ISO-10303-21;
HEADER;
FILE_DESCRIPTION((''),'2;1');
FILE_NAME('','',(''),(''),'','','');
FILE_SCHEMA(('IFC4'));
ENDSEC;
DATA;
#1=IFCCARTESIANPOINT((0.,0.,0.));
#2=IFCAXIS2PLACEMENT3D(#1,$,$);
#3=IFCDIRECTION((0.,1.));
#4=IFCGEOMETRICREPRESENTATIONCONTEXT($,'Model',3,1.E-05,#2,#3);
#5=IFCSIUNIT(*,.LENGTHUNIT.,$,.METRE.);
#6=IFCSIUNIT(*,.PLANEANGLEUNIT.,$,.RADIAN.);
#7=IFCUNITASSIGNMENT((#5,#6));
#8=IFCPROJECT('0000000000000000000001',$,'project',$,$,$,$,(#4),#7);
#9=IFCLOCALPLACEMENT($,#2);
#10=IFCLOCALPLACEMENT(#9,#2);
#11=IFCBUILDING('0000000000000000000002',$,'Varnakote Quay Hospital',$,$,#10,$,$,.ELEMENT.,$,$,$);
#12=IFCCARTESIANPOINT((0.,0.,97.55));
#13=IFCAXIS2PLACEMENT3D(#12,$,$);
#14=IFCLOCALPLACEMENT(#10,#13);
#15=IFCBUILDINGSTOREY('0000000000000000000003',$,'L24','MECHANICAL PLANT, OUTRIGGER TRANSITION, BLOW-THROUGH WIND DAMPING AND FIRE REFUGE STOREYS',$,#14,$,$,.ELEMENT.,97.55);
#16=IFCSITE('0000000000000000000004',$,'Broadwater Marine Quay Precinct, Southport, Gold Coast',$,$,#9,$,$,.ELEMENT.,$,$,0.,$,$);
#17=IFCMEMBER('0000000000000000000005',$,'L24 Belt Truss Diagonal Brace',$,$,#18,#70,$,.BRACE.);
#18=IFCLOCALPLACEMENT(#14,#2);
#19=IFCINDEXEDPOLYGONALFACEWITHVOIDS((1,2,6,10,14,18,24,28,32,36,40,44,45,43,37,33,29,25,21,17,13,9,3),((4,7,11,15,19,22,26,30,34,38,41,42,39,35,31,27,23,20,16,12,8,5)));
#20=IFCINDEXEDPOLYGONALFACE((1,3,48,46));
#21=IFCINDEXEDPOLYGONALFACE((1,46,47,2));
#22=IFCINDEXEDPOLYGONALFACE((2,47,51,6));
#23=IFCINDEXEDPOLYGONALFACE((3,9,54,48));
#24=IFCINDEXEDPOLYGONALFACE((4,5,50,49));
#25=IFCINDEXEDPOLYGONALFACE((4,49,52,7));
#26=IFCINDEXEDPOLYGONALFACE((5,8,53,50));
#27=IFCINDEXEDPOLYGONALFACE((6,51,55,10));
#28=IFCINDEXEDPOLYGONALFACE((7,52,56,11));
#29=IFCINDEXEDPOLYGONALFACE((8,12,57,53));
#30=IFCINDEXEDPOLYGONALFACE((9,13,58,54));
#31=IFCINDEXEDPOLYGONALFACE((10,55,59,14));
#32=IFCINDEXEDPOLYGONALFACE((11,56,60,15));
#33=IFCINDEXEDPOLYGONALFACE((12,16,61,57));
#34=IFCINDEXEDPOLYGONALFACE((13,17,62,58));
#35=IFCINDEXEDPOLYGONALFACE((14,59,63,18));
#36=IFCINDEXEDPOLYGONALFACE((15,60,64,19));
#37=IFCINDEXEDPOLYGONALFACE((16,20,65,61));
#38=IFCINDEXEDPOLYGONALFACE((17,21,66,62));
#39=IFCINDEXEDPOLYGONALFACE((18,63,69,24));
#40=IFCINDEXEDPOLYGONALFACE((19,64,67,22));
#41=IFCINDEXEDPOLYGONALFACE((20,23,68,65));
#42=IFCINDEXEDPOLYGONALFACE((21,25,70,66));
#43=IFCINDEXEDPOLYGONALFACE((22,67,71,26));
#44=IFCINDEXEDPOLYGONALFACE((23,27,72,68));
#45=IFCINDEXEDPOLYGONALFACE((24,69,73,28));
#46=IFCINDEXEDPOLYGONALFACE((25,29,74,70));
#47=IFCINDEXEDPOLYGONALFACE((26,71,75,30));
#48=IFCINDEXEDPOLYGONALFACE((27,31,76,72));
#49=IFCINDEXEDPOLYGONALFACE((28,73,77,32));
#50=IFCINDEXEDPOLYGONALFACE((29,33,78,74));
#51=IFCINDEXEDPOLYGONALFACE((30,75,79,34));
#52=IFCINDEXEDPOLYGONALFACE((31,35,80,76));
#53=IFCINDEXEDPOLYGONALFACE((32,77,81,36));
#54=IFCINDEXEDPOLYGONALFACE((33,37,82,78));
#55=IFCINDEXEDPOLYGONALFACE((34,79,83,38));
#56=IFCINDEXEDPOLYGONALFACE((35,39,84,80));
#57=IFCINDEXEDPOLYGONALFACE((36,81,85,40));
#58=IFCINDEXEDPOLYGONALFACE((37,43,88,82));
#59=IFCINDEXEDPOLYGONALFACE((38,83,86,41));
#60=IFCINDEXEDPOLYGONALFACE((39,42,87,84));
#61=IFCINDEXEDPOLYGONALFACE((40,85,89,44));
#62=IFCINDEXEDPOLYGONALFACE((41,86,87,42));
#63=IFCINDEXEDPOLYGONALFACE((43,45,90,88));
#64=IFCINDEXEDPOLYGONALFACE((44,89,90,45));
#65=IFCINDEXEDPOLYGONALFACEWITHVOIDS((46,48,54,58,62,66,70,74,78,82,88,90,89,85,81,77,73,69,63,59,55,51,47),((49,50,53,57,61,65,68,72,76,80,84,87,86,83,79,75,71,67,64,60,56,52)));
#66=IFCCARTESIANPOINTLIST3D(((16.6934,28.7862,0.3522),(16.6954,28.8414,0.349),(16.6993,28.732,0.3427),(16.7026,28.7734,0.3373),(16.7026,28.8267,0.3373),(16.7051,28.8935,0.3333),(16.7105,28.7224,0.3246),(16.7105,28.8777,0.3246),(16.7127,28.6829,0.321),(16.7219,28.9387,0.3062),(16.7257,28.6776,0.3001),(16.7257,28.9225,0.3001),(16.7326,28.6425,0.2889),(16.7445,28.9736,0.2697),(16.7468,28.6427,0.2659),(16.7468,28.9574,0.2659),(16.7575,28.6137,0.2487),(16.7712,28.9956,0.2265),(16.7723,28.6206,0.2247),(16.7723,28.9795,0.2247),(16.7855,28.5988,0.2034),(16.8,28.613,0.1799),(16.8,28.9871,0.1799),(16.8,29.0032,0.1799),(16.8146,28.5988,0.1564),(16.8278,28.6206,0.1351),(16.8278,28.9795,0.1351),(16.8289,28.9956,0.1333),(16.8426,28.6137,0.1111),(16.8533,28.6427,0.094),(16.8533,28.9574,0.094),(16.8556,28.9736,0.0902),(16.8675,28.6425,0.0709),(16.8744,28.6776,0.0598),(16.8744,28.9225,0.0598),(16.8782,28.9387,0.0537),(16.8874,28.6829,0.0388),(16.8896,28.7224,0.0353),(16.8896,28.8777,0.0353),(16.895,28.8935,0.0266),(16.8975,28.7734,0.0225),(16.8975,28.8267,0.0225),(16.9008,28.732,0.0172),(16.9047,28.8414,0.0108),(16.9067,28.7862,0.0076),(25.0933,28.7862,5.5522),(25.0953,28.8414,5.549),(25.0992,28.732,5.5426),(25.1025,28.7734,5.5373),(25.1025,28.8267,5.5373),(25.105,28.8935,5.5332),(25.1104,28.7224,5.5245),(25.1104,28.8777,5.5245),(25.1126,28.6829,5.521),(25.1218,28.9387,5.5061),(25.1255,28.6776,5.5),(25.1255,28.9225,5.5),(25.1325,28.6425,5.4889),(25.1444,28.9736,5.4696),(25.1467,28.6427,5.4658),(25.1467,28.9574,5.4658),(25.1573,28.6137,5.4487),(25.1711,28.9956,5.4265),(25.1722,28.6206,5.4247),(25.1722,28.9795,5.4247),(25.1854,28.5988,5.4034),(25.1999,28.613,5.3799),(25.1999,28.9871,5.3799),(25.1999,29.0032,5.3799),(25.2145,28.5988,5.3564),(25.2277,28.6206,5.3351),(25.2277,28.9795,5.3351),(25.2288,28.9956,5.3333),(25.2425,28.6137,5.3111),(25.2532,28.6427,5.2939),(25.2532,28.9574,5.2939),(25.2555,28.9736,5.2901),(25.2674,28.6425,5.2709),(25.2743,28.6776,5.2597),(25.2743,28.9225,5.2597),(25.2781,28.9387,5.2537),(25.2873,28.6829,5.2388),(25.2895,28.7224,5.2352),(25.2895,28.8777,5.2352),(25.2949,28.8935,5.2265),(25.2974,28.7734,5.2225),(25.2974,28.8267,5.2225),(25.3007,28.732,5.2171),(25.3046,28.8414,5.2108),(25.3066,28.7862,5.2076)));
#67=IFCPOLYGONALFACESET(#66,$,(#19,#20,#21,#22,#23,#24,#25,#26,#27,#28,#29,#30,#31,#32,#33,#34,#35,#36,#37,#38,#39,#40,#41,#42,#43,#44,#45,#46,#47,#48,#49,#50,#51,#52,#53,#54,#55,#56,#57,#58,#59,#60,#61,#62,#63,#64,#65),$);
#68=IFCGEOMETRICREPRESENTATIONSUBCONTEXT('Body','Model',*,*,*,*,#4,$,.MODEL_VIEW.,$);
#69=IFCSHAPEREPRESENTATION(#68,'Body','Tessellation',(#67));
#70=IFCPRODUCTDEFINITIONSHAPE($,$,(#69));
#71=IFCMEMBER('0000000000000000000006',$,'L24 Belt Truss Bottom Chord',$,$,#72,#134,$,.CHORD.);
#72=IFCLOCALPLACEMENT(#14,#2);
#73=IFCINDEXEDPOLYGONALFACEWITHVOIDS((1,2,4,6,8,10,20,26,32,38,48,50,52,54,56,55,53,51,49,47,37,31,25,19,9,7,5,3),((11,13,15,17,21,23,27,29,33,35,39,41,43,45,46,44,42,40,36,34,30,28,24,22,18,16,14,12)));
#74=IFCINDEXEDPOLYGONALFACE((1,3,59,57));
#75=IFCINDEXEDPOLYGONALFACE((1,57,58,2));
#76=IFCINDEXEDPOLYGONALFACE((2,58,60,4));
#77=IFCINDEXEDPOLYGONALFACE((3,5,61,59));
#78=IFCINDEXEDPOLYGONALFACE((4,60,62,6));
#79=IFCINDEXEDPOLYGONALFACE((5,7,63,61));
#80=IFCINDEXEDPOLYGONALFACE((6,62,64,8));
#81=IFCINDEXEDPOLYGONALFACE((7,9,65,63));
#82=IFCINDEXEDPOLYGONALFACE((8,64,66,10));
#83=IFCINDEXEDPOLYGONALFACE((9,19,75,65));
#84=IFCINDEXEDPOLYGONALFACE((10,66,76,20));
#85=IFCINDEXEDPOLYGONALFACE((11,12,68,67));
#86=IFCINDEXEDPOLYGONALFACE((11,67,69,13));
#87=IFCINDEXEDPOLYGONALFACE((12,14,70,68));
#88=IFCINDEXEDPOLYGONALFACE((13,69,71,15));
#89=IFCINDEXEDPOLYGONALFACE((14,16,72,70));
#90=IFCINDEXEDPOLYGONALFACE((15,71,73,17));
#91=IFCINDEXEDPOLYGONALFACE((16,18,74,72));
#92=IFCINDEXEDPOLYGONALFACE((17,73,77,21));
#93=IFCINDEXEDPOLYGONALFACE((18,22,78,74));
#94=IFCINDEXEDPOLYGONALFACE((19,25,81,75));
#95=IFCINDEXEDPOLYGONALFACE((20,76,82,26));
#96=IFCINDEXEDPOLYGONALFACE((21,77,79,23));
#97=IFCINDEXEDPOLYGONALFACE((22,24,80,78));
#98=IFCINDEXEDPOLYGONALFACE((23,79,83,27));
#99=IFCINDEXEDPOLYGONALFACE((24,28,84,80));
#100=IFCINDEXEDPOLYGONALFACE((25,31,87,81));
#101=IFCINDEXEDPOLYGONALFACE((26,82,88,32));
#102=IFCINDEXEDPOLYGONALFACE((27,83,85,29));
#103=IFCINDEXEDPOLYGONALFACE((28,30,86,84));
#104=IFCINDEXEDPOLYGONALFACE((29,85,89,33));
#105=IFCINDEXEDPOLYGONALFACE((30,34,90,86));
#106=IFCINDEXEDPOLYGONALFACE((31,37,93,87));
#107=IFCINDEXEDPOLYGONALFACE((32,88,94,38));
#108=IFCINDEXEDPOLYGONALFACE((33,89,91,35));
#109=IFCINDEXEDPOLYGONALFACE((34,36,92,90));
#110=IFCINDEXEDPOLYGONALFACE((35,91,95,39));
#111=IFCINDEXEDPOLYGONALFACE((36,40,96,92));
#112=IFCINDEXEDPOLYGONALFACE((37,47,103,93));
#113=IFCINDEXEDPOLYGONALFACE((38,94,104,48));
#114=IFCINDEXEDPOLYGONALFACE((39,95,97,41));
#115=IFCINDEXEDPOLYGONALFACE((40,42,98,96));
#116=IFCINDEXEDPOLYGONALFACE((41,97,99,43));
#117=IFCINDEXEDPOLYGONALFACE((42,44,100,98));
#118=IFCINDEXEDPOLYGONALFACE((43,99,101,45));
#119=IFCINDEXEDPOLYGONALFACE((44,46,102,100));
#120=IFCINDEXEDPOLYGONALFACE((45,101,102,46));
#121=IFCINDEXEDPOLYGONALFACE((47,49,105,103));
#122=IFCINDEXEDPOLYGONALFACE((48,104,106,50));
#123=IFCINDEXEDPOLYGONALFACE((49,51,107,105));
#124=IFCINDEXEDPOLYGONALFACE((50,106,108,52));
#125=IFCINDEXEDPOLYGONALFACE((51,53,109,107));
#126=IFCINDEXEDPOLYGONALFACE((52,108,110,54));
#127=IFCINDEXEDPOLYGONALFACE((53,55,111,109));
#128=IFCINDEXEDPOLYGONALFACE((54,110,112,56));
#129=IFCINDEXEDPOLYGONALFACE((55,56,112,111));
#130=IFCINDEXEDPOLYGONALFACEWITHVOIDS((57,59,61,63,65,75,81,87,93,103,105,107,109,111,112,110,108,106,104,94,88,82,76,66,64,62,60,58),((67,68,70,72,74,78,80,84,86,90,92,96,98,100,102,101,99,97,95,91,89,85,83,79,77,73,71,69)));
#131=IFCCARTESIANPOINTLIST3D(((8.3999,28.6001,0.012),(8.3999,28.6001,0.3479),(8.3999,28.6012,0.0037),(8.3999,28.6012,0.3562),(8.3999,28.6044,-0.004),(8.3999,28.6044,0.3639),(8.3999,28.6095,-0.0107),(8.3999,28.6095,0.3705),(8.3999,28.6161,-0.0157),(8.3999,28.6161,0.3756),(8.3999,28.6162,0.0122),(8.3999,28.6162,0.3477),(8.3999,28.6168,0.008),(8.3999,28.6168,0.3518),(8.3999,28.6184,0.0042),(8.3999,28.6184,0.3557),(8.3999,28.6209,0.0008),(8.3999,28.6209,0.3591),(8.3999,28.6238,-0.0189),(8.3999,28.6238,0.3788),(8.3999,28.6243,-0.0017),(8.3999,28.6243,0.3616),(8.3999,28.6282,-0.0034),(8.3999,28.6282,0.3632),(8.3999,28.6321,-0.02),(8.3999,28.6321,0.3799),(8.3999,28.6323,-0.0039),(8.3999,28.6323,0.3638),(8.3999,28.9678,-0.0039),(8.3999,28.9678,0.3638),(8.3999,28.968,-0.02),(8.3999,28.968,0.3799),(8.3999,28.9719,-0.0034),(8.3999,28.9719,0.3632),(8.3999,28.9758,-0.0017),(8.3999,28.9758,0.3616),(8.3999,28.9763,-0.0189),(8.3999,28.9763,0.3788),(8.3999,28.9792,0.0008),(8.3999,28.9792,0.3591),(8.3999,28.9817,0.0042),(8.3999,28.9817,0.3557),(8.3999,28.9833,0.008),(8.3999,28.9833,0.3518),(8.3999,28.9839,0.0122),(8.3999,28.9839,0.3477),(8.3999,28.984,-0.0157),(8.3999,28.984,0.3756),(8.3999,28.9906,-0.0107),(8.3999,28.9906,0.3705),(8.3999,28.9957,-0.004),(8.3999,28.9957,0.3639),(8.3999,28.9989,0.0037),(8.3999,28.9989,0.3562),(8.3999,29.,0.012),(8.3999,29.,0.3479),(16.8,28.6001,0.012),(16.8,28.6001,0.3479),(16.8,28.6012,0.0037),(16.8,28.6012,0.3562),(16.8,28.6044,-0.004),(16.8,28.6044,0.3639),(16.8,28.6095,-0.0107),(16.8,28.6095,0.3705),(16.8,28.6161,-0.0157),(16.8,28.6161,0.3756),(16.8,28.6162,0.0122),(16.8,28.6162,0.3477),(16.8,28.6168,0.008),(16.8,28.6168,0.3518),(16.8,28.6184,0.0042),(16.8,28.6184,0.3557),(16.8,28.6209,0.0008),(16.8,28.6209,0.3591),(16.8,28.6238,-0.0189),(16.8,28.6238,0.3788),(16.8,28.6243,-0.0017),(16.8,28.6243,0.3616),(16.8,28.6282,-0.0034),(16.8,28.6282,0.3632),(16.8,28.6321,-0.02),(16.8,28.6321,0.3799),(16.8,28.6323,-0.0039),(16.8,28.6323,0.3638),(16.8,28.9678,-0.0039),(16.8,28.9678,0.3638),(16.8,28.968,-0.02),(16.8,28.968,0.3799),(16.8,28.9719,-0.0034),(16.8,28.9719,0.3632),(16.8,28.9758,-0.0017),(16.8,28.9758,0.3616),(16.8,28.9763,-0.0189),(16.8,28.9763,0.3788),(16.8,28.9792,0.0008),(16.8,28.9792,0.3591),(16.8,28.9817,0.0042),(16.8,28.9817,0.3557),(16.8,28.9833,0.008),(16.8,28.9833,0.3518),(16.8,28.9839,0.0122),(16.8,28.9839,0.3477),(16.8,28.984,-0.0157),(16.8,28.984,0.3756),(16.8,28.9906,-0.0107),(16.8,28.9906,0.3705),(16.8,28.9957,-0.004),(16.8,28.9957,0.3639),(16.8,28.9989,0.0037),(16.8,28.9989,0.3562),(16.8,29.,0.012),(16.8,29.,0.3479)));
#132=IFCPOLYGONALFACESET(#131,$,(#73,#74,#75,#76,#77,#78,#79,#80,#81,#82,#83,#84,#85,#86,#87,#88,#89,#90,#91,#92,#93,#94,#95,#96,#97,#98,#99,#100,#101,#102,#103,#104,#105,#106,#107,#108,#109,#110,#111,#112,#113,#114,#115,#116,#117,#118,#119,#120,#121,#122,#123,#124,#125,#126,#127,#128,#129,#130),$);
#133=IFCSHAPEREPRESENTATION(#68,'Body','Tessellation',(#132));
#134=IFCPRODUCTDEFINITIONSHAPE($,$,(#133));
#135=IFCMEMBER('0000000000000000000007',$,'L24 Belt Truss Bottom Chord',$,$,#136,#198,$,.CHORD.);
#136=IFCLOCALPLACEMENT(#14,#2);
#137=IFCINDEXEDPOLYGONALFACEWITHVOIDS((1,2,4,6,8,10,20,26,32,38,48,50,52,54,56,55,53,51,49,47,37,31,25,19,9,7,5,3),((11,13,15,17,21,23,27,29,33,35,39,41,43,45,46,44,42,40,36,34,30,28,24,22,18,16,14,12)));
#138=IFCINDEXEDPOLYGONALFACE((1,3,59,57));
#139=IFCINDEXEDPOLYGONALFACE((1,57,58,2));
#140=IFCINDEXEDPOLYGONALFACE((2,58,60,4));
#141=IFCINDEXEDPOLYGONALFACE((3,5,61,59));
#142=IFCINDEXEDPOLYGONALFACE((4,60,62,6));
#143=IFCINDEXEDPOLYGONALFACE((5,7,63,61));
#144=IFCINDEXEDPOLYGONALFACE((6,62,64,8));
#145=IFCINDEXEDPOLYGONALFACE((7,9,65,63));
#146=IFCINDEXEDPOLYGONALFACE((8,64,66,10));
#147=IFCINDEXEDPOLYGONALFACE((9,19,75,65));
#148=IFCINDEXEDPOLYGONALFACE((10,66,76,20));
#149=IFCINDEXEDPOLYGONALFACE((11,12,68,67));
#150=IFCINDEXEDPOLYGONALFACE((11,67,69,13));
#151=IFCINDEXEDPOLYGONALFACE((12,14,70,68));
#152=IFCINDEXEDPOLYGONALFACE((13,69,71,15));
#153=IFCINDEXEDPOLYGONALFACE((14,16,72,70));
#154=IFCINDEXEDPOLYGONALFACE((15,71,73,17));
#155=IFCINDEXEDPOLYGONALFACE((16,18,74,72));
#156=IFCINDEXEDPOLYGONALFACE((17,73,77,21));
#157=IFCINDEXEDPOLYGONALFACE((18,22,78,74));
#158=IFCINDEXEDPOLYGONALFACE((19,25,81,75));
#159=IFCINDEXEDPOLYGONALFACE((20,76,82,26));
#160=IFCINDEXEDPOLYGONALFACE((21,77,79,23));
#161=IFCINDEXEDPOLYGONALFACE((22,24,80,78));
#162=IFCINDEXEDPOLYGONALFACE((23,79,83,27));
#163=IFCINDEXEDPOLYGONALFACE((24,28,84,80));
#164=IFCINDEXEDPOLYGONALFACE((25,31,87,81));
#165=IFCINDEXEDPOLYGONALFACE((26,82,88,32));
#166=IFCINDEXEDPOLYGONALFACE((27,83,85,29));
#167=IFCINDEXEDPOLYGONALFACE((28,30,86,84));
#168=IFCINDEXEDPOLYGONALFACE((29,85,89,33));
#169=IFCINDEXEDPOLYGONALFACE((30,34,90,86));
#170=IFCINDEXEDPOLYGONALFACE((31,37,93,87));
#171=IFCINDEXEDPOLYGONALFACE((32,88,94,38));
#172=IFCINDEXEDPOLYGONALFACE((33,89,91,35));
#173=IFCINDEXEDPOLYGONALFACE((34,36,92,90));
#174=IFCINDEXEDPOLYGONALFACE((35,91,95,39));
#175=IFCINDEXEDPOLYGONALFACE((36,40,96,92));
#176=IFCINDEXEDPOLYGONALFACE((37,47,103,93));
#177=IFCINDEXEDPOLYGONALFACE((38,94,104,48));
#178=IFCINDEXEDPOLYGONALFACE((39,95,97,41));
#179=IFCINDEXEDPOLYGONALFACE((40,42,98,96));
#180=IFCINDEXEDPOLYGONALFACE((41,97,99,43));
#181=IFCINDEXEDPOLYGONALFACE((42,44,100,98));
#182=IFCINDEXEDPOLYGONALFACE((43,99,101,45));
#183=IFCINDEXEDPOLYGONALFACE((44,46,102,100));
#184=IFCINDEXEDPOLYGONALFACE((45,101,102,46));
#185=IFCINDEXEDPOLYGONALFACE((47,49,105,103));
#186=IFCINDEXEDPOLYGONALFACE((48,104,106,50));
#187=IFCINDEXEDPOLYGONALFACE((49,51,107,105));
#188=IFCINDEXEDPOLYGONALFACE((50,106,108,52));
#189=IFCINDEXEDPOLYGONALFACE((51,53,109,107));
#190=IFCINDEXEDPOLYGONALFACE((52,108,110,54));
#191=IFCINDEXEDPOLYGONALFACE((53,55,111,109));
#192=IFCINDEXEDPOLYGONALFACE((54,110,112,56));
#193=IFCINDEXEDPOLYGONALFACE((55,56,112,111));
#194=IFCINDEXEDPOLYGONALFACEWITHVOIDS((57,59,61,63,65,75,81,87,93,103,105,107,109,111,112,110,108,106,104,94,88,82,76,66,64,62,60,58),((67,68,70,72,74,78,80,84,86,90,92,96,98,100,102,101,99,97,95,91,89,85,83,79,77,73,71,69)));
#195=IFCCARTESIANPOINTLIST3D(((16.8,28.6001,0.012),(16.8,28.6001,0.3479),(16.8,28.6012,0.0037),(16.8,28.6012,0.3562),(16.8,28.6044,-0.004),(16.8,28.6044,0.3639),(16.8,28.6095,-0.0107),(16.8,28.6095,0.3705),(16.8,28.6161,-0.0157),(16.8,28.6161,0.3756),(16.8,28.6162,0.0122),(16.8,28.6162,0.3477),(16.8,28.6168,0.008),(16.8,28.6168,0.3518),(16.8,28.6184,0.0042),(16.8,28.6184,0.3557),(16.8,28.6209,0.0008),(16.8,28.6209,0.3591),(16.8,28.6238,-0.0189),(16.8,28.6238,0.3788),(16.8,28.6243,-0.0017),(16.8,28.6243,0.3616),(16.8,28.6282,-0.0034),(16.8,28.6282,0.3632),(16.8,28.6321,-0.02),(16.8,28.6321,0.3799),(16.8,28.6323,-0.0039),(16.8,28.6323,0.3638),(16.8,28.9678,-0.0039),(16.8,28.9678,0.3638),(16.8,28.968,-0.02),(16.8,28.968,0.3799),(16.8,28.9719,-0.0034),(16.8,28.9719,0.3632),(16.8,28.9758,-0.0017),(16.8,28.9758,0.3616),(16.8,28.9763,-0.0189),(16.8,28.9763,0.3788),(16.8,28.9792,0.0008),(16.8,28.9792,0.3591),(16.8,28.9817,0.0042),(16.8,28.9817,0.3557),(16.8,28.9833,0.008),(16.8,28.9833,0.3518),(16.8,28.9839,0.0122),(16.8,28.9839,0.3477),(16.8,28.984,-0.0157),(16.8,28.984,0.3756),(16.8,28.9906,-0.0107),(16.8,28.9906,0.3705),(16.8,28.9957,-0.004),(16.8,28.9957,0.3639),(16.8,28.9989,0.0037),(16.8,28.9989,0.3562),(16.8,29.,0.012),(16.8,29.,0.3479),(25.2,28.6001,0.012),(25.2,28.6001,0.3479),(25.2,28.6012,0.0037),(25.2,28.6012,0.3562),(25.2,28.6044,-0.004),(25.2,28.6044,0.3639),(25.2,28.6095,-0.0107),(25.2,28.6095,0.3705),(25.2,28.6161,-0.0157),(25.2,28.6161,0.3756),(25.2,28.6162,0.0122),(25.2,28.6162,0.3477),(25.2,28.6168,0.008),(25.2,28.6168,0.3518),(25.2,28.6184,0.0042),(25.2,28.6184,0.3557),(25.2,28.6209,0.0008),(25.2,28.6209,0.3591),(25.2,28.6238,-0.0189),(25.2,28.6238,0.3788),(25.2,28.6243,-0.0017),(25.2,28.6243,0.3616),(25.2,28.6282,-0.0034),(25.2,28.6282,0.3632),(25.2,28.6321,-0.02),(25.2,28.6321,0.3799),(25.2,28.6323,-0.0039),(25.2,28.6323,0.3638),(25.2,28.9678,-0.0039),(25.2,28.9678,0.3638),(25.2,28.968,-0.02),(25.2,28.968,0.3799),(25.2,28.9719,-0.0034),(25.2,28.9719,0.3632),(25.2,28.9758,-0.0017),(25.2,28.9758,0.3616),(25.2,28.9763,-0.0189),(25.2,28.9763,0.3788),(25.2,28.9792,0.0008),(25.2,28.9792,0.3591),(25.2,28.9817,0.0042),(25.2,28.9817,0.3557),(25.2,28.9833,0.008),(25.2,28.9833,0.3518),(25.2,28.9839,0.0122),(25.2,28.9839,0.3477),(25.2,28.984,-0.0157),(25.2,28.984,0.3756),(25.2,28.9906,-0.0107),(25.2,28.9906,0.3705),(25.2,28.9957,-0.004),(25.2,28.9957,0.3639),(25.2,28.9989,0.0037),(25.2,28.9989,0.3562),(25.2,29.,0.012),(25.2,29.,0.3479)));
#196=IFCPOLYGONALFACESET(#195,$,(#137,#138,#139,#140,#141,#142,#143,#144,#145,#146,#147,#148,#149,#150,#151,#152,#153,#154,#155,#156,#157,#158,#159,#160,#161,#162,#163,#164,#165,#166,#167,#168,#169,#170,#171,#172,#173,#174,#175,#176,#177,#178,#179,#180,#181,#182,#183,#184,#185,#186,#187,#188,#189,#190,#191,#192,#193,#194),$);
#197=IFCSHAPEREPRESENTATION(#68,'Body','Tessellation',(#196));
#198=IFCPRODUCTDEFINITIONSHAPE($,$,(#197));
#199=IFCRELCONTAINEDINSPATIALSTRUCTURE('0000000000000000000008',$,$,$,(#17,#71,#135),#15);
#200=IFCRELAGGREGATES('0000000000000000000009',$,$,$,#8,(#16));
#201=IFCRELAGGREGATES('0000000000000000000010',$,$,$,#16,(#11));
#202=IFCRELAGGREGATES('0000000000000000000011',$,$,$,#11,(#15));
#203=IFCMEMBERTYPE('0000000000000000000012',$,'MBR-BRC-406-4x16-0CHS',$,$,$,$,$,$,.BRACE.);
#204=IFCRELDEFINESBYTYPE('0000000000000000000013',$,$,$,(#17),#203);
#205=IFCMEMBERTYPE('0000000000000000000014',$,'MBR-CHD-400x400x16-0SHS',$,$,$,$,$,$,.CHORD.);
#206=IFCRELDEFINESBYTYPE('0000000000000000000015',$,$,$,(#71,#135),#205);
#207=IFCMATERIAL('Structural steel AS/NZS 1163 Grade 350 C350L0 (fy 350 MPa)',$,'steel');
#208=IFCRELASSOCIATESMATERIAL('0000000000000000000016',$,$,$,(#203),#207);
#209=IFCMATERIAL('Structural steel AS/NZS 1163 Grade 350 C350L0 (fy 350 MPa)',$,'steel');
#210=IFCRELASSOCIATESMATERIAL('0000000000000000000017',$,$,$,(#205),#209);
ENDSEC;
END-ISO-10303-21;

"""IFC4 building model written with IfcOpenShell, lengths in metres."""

from ifc_helpers import new_model, si_unit, direction, frame, origin, origin_2d, place, context, subcontext, project, spatial, hollow_rectangle, hollow_circle, extrude, material, material_profile, profile_set, type_object, element, save


model = new_model("IFC4")

# Units and contexts
model_context = context("Model", 3, precision=1e-05, world=origin(), true_north=direction((0.0, 1.0)))
body_context = subcontext(model_context, "Body", "Model", "MODEL_VIEW")
ifc_project = project(units=[si_unit("LENGTHUNIT", "METRE"), si_unit("PLANEANGLEUNIT", "RADIAN")], contexts=[model_context])

# Site, building, storey
site_placement = place(None, origin())
site = spatial("IfcSite", under=ifc_project, at=site_placement, Name="Broadwater Marine Quay Precinct, Southport, Gold Coast", CompositionType="ELEMENT", RefElevation=0.0)
building_placement = place(site_placement, origin())
building = spatial("IfcBuilding", under=site, at=building_placement, Name="Varnakote Quay Hospital", CompositionType="ELEMENT")
storey_placement = place(building_placement, frame((0.0, 0.0, 97.55)))
storey = spatial("IfcBuildingStorey", under=building, at=storey_placement, Name="L24", Description="MECHANICAL PLANT, OUTRIGGER TRANSITION, BLOW-THROUGH WIND DAMPING AND FIRE REFUGE STOREYS", CompositionType="ELEMENT", Elevation=97.55)

# Members
ifc_material_1 = material(Name="Structural steel AS/NZS 1163 Grade 350 C350L0 (fy 350 MPa)", Category="steel")
ifc_material_profile_1 = material_profile(ifc_material_1, hollow_circle(Radius=0.2031, WallThickness=0.0161, at=origin_2d()), Name="406.4x16.0CHS")
ifc_profile_set_1 = profile_set([ifc_material_profile_1], Name="Structural steel AS/NZS 1163 Grade 350 C350L0 (fy 350 MPa)")
member_type_1 = type_object("IfcMemberType", Name="MBR-BRC-406-4x16-0CHS", PredefinedType="BRACE", material=ifc_profile_set_1)
member_1_placement = place(storey_placement, frame((16.8, 28.8, 0.1799), z_axis=(0.850265, 0.0, 0.526355), x_axis=(0.0, 1.0, 0.0)))
element("IfcMember", 1, at=member_1_placement, inside=storey, type_object=member_type_1, Name="L24 Belt Truss Diagonal Brace", PredefinedType="BRACE", context=body_context, shape_type="SweptSolid", body=[
    extrude(hollow_circle(Radius=0.2031, WallThickness=0.0161, at=origin_2d()), origin(), (0.0, 0.0, 1.0), 9.8792),
])
ifc_material_2 = material(Name="Structural steel AS/NZS 1163 Grade 350 C350L0 (fy 350 MPa)", Category="steel")
ifc_material_profile_2 = material_profile(ifc_material_2, hollow_rectangle(XDim=0.3999, YDim=0.3999, WallThickness=0.0161, InnerFilletRadius=0.0161, OuterFilletRadius=0.032, at=origin_2d()), Name="400x400x16.0SHS")
ifc_profile_set_2 = profile_set([ifc_material_profile_2], Name="Structural steel AS/NZS 1163 Grade 350 C350L0 (fy 350 MPa)")
member_type_2 = type_object("IfcMemberType", Name="MBR-CHD-400x400x16-0SHS", PredefinedType="CHORD", material=ifc_profile_set_2)
member_2_placement = place(storey_placement, frame((8.3999, 28.8, 0.1799), z_axis=(1.0, 0.0, 0.0), x_axis=(0.0, 1.0, 0.0)))
element("IfcMember", 2, at=member_2_placement, inside=storey, type_object=member_type_2, Name="L24 Belt Truss Bottom Chord", PredefinedType="CHORD", context=body_context, shape_type="SweptSolid", body=[
    extrude(hollow_rectangle(XDim=0.3999, YDim=0.3999, WallThickness=0.0161, InnerFilletRadius=0.0161, OuterFilletRadius=0.032, at=origin_2d()), origin(), (0.0, 0.0, 1.0), 8.4001),
])
member_3_placement = place(storey_placement, frame((16.8, 28.8, 0.1799), z_axis=(1.0, 0.0, 0.0), x_axis=(0.0, 1.0, 0.0)))
element("IfcMember", 3, at=member_3_placement, inside=storey, type_object=member_type_2, Name="L24 Belt Truss Bottom Chord", PredefinedType="CHORD", context=body_context, shape_type="SweptSolid", body=[
    extrude(hollow_rectangle(XDim=0.3999, YDim=0.3999, WallThickness=0.0161, InnerFilletRadius=0.0161, OuterFilletRadius=0.032, at=origin_2d()), origin(), (0.0, 0.0, 1.0), 8.3999),
])

save(model, "model.ifc")
